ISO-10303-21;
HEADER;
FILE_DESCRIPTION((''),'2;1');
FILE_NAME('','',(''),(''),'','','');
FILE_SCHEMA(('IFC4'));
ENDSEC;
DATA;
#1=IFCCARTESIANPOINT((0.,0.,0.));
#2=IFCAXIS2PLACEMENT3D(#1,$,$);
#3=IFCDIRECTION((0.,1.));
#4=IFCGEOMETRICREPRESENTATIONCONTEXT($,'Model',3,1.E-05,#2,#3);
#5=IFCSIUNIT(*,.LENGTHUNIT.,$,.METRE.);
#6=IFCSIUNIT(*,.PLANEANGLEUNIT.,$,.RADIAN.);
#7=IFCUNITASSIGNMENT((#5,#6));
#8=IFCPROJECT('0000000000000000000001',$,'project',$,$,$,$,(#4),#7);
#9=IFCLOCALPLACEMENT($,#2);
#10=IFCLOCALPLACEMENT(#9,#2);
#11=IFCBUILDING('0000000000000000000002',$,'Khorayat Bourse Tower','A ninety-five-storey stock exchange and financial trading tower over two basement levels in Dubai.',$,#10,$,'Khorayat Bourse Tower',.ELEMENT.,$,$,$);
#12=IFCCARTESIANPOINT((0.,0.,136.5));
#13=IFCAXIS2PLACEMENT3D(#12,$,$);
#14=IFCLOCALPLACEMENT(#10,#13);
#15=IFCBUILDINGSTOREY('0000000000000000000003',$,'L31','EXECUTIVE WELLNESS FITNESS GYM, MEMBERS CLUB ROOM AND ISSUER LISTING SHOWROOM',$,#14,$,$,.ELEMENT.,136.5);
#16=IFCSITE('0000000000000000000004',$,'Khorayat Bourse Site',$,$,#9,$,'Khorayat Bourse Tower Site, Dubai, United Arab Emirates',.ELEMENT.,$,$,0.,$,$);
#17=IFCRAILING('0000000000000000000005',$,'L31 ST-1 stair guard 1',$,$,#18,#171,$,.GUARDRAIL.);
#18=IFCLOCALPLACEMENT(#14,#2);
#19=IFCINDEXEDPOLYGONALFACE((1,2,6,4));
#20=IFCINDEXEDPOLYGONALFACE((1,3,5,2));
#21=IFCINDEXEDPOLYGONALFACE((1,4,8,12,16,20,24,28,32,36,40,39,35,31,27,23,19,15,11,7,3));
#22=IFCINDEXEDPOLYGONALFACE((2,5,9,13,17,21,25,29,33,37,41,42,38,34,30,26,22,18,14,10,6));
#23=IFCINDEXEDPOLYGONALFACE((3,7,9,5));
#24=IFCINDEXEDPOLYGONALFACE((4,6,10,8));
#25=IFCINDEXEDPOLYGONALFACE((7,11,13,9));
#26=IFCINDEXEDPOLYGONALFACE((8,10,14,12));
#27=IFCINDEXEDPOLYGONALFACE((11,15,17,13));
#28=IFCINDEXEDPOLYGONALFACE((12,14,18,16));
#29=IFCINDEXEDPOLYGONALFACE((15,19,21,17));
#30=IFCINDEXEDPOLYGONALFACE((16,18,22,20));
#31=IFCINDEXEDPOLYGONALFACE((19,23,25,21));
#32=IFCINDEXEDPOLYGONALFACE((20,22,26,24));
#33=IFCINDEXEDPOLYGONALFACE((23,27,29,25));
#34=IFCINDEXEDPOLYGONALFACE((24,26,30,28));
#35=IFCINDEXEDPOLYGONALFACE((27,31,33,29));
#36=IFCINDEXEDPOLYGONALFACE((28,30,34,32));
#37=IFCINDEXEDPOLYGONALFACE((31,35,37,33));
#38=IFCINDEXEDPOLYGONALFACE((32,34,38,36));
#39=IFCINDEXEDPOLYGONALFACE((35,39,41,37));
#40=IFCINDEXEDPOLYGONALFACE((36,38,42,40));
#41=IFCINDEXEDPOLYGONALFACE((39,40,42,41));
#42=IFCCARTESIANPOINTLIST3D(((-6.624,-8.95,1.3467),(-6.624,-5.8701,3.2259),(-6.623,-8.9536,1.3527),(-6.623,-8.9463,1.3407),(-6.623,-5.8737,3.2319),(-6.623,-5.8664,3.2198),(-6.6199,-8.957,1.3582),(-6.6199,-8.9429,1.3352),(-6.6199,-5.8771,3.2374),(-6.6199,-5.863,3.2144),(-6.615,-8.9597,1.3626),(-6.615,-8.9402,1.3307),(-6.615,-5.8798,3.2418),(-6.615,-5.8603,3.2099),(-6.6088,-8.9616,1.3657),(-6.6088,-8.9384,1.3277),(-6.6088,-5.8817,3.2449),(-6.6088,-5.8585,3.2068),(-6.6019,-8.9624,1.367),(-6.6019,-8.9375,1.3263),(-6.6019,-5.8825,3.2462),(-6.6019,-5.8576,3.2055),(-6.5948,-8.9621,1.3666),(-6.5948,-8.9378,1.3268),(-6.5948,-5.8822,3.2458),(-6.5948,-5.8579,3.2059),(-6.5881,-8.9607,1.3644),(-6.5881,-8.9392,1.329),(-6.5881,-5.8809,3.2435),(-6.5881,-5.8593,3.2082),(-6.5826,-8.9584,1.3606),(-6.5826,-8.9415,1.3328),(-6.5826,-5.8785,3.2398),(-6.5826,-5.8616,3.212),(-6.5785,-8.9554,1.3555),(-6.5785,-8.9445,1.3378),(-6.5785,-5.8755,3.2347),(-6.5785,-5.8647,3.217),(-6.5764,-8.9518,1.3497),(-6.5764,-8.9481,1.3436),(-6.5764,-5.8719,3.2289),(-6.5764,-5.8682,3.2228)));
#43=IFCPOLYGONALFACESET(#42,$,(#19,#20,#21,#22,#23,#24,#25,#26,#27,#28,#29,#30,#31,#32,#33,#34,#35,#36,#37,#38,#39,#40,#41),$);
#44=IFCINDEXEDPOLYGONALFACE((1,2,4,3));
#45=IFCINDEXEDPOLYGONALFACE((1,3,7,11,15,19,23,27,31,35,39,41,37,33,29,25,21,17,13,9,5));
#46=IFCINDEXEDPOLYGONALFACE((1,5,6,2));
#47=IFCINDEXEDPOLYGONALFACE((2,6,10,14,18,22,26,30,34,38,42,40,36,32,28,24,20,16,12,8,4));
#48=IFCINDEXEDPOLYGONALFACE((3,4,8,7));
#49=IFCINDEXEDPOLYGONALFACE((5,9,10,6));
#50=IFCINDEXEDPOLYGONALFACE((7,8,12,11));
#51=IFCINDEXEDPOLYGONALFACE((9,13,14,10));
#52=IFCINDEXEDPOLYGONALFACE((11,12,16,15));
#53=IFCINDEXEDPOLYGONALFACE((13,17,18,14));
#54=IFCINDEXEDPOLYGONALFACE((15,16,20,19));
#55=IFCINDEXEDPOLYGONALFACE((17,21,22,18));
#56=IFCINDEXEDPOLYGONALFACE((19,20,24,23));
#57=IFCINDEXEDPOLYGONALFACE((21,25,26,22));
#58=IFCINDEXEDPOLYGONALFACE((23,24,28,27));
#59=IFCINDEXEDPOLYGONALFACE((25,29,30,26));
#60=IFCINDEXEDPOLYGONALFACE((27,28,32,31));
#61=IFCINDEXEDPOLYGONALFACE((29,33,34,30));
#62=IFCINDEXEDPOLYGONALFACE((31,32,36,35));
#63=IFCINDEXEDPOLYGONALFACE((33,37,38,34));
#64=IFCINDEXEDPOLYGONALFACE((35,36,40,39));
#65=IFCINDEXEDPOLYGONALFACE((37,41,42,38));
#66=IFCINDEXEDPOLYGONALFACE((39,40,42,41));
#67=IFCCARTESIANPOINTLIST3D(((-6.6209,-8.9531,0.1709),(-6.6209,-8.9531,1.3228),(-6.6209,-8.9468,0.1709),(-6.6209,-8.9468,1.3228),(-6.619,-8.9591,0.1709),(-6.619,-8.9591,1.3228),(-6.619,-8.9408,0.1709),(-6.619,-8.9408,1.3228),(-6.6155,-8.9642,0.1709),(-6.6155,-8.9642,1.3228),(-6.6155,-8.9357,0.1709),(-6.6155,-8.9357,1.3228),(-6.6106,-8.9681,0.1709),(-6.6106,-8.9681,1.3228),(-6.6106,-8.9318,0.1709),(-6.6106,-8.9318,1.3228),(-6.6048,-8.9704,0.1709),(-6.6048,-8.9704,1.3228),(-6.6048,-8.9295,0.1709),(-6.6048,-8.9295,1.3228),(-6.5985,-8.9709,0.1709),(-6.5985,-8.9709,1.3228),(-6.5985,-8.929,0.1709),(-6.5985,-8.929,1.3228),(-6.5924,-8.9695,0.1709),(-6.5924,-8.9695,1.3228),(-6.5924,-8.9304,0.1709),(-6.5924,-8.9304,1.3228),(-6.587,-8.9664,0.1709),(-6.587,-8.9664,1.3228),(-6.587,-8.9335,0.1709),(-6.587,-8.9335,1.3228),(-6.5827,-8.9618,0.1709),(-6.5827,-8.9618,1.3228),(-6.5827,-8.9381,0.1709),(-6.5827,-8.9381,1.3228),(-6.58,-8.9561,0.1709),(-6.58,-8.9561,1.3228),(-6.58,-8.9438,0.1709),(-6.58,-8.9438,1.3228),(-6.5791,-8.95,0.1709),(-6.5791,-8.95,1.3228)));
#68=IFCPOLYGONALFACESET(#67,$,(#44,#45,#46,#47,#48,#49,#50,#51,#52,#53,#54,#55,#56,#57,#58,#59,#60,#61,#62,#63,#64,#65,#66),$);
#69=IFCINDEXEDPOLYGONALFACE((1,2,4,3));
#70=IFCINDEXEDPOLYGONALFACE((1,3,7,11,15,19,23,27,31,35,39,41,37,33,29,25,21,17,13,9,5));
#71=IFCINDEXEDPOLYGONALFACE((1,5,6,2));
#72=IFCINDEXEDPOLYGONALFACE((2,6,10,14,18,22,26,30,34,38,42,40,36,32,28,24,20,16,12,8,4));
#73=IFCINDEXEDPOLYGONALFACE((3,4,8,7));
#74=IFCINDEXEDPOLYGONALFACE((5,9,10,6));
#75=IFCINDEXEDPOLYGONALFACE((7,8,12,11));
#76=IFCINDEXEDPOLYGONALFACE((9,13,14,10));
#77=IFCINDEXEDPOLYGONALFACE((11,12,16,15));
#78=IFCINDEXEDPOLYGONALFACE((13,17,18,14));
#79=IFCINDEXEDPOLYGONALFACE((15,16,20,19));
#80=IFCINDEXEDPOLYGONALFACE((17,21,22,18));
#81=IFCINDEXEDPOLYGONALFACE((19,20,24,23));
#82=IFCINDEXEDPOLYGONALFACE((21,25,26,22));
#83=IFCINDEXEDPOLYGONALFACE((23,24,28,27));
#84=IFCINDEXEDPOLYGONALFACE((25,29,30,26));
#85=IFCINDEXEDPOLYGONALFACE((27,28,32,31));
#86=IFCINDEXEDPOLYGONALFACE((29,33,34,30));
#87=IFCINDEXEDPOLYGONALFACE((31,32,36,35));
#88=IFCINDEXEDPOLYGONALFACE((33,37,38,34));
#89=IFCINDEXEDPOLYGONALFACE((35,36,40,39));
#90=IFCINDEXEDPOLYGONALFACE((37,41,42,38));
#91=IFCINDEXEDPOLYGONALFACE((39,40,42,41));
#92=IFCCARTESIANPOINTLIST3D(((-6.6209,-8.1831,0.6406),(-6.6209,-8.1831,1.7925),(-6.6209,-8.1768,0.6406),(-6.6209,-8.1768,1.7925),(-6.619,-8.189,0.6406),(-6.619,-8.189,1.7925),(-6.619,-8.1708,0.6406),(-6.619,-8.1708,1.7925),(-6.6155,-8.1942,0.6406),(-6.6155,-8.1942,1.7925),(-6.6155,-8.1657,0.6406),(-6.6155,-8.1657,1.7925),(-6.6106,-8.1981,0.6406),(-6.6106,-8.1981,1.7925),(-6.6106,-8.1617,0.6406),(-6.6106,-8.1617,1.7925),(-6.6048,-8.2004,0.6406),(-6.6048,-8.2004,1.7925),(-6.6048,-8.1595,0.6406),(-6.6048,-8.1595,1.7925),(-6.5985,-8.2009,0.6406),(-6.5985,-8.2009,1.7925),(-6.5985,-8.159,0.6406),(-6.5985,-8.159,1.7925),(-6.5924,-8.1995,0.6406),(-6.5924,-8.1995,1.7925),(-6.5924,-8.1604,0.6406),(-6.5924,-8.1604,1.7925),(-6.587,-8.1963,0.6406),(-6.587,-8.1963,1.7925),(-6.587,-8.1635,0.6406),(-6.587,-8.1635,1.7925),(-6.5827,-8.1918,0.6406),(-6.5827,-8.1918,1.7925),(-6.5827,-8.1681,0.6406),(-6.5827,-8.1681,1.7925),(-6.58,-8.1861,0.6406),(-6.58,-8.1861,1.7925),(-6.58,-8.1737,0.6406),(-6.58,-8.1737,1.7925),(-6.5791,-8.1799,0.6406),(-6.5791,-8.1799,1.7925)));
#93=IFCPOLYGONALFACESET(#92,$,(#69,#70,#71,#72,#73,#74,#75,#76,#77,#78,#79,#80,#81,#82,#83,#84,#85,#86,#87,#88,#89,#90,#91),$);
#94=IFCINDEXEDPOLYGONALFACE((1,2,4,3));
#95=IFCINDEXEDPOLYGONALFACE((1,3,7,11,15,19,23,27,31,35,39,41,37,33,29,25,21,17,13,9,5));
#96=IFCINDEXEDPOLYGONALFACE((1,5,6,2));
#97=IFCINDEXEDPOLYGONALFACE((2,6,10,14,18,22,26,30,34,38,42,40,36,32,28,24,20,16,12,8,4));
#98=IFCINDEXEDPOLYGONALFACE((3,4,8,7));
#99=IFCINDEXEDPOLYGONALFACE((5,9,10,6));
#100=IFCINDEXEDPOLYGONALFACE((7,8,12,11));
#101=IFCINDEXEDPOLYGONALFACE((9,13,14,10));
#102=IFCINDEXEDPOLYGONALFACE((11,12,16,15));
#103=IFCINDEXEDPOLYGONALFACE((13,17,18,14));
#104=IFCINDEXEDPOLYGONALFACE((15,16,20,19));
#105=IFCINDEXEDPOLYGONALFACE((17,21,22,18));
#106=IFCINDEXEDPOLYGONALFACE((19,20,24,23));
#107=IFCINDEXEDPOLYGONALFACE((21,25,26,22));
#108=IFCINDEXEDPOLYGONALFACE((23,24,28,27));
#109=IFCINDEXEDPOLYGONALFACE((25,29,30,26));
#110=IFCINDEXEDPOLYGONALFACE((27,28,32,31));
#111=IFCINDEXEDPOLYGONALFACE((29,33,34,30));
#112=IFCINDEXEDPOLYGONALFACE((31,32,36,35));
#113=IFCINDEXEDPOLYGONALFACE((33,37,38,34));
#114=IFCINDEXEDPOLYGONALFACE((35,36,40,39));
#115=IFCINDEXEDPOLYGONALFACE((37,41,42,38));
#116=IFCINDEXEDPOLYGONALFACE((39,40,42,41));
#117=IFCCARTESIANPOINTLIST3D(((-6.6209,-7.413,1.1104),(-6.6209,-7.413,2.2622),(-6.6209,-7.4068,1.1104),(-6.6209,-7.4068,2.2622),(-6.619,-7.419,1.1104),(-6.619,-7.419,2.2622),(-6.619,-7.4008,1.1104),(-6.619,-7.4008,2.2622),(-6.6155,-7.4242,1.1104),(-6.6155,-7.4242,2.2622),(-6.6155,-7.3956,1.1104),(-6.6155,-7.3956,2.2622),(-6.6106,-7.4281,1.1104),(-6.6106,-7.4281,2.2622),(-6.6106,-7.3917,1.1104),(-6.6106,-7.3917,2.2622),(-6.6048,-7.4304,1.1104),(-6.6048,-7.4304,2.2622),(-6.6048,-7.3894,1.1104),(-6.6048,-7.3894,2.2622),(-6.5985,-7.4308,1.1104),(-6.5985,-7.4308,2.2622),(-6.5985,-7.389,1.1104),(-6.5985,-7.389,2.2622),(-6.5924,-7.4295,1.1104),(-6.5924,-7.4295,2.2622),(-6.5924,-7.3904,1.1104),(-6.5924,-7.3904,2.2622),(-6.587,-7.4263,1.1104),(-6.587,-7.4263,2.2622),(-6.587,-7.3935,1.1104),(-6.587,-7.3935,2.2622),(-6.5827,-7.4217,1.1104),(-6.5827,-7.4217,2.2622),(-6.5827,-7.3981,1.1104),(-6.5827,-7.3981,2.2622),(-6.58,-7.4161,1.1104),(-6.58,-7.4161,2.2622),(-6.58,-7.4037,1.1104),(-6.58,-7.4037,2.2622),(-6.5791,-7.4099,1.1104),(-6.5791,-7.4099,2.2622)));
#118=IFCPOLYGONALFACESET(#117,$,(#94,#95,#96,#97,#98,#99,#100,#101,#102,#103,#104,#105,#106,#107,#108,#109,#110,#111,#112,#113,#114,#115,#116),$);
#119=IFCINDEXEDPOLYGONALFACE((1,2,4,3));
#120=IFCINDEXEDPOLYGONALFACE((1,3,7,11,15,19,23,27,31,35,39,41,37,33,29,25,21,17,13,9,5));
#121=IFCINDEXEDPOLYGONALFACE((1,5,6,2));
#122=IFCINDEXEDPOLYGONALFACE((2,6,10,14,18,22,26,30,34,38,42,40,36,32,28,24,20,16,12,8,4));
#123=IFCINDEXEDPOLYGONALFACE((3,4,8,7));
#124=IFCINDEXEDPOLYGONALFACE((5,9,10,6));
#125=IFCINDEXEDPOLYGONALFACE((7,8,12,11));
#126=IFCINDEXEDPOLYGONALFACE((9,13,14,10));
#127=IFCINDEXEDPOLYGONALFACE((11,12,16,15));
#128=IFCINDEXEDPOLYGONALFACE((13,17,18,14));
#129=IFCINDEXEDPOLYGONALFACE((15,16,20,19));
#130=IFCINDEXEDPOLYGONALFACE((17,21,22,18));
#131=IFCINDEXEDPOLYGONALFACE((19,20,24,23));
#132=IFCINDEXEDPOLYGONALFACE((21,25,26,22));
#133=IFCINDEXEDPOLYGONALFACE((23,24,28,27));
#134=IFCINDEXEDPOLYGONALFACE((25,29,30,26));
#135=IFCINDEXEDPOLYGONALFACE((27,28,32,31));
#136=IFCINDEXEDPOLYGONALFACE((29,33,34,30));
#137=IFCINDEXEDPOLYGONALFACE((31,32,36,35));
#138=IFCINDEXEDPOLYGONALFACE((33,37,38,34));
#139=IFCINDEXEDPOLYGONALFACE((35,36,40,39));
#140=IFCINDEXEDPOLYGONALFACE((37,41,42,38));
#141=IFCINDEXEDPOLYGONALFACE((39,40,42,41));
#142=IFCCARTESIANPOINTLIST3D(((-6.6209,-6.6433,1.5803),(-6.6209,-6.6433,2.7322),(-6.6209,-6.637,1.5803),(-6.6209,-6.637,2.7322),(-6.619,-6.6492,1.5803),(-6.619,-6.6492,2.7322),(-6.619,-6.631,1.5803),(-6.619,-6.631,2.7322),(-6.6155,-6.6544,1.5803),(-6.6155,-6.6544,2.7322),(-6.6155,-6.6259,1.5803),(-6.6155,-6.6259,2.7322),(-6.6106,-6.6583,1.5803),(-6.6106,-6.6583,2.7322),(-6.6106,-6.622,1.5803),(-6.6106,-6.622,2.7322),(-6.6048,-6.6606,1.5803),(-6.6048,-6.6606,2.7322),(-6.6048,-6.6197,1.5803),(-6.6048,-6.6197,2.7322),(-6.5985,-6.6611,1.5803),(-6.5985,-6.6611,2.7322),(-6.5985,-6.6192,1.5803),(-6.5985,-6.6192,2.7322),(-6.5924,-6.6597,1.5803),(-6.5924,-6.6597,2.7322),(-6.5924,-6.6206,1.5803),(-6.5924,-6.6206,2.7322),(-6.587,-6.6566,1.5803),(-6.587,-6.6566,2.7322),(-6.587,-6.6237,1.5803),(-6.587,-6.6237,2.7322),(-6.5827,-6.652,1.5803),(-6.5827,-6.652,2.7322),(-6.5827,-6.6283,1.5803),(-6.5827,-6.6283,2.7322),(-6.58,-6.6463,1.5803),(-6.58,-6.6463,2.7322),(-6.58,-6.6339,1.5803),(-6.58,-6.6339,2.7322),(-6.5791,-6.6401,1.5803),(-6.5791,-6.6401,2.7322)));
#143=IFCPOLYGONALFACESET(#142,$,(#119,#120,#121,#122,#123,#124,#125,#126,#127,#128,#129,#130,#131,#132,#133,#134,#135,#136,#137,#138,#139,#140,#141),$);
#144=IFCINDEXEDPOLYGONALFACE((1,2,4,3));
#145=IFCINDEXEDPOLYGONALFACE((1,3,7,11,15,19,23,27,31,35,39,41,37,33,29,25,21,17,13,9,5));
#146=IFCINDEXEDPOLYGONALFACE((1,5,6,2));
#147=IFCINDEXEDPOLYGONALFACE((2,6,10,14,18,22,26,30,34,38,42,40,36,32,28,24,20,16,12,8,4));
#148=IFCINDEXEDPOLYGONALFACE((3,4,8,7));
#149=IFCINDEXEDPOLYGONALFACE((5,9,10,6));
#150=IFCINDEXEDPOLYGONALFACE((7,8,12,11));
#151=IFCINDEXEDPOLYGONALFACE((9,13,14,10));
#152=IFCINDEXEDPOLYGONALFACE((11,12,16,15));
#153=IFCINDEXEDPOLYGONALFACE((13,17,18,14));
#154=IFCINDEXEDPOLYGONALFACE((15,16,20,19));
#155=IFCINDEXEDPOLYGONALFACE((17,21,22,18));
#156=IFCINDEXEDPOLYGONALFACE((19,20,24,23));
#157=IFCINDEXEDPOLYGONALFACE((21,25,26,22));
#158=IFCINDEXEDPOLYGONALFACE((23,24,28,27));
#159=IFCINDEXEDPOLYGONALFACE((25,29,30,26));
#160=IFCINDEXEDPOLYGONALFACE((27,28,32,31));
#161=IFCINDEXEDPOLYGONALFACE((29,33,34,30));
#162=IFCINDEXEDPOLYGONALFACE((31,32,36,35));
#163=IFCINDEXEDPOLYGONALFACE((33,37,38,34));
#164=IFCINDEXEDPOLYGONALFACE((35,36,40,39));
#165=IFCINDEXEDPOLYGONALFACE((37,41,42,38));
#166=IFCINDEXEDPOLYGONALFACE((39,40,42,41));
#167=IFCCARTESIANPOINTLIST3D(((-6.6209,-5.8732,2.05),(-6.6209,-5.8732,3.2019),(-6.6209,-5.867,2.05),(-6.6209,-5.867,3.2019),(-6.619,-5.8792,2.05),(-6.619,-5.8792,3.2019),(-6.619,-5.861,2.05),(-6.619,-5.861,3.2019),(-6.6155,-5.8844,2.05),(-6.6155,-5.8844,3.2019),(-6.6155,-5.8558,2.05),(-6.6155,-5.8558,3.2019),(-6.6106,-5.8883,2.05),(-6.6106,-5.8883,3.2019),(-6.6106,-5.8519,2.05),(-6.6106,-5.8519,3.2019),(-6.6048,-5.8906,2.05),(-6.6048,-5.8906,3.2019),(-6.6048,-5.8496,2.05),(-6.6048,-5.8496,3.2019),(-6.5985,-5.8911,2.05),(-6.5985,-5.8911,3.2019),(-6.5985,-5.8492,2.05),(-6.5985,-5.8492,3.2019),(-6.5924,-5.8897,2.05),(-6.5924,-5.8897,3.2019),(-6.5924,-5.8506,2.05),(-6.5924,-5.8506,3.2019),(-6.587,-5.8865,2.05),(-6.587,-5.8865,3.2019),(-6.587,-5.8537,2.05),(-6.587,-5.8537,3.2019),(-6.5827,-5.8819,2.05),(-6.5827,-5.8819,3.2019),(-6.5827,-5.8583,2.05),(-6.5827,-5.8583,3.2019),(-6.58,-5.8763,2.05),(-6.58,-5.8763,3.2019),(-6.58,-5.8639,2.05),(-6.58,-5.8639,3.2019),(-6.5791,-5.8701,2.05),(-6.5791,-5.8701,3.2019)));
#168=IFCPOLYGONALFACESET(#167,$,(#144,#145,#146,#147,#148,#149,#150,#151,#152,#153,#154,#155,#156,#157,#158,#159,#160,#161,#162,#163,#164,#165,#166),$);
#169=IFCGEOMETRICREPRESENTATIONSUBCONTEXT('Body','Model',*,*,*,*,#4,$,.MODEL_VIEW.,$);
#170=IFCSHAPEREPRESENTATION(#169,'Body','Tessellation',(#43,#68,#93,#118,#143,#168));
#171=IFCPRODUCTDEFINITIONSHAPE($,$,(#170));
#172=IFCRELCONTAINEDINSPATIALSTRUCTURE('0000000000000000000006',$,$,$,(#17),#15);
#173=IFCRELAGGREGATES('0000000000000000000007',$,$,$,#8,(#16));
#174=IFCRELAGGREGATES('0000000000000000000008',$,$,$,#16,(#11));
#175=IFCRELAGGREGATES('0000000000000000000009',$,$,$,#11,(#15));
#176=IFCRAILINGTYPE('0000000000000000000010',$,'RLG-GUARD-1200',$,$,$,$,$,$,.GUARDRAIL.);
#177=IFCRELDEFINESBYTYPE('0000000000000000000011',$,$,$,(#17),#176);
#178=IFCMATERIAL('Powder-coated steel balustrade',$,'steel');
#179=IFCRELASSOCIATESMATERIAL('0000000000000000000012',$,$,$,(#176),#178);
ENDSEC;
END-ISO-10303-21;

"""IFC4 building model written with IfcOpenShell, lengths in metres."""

from ifc_helpers import new_model, si_unit, direction, frame, origin, origin_2d, place, context, subcontext, project, spatial, circle, extrude, source, transform, mapped, material, type_object, element, save


model = new_model("IFC4")

# Units and contexts
model_context = context("Model", 3, precision=1e-05, world=origin(), true_north=direction((0.0, 1.0)))
body_context = subcontext(model_context, "Body", "Model", "MODEL_VIEW")
ifc_project = project(units=[si_unit("LENGTHUNIT", "METRE"), si_unit("PLANEANGLEUNIT", "RADIAN")], contexts=[model_context])

# Site, building, storey
site_placement = place(None, origin())
site = spatial("IfcSite", under=ifc_project, at=site_placement, Name="Khorayat Bourse Site", LongName="Khorayat Bourse Tower Site, Dubai, United Arab Emirates", CompositionType="ELEMENT", RefElevation=0.0)
building_placement = place(site_placement, origin())
building = spatial("IfcBuilding", under=site, at=building_placement, Name="Khorayat Bourse Tower", Description="A ninety-five-storey stock exchange and financial trading tower over two basement levels in Dubai.", LongName="Khorayat Bourse Tower", CompositionType="ELEMENT")
storey_placement = place(building_placement, frame((0.0, 0.0, 136.5)))
storey = spatial("IfcBuildingStorey", under=building, at=storey_placement, Name="L31", Description="EXECUTIVE WELLNESS FITNESS GYM, MEMBERS CLUB ROOM AND ISSUER LISTING SHOWROOM", CompositionType="ELEMENT", Elevation=136.5)

# Railing
ifc_material_1 = material(Name="Powder-coated steel balustrade", Category="steel")
railing_type_1 = type_object("IfcRailingType", Name="RLG-GUARD-1200", PredefinedType="GUARDRAIL", material=ifc_material_1)
shared_shape_1 = source(origin(), body_context, "Body", "SweptSolid", [
    extrude(circle(Radius=0.0239, at=origin_2d()), frame((0.0, 0.0, 1.1758), z_axis=(0.0, 0.853648, 0.52085), x_axis=(-1.0, 0.0, 0.0)), (0.0, 0.0, 1.0), 3.6079),
    extrude(circle(Radius=0.021, at=origin_2d()), origin(), (0.0, 0.0, 1.0), 1.1519),
    extrude(circle(Radius=0.021, at=origin_2d()), frame((0.0, 0.77, 0.4697)), (0.0, 0.0, 1.0), 1.1519),
    extrude(circle(Radius=0.021, at=origin_2d()), frame((0.0, 1.54, 0.9395)), (0.0, 0.0, 1.0), 1.1519),
    extrude(circle(Radius=0.021, at=origin_2d()), frame((0.0, 2.3098, 1.4094)), (0.0, 0.0, 1.0), 1.1519),
    extrude(circle(Radius=0.021, at=origin_2d()), frame((0.0, 3.0798, 1.8792)), (0.0, 0.0, 1.0), 1.1519),
])
railing_1_placement = place(storey_placement, frame((-6.6001, -8.95, 0.1709)))
element("IfcRailing", 1, at=railing_1_placement, inside=storey, type_object=railing_type_1, Name="L31 ST-1 stair guard 1", PredefinedType="GUARDRAIL", context=body_context, shape_type="MappedRepresentation", body=[
    mapped(shared_shape_1, transform((0.0, 0.0, 0.0), scale=1.0)),
])

save(model, "model.ifc")
